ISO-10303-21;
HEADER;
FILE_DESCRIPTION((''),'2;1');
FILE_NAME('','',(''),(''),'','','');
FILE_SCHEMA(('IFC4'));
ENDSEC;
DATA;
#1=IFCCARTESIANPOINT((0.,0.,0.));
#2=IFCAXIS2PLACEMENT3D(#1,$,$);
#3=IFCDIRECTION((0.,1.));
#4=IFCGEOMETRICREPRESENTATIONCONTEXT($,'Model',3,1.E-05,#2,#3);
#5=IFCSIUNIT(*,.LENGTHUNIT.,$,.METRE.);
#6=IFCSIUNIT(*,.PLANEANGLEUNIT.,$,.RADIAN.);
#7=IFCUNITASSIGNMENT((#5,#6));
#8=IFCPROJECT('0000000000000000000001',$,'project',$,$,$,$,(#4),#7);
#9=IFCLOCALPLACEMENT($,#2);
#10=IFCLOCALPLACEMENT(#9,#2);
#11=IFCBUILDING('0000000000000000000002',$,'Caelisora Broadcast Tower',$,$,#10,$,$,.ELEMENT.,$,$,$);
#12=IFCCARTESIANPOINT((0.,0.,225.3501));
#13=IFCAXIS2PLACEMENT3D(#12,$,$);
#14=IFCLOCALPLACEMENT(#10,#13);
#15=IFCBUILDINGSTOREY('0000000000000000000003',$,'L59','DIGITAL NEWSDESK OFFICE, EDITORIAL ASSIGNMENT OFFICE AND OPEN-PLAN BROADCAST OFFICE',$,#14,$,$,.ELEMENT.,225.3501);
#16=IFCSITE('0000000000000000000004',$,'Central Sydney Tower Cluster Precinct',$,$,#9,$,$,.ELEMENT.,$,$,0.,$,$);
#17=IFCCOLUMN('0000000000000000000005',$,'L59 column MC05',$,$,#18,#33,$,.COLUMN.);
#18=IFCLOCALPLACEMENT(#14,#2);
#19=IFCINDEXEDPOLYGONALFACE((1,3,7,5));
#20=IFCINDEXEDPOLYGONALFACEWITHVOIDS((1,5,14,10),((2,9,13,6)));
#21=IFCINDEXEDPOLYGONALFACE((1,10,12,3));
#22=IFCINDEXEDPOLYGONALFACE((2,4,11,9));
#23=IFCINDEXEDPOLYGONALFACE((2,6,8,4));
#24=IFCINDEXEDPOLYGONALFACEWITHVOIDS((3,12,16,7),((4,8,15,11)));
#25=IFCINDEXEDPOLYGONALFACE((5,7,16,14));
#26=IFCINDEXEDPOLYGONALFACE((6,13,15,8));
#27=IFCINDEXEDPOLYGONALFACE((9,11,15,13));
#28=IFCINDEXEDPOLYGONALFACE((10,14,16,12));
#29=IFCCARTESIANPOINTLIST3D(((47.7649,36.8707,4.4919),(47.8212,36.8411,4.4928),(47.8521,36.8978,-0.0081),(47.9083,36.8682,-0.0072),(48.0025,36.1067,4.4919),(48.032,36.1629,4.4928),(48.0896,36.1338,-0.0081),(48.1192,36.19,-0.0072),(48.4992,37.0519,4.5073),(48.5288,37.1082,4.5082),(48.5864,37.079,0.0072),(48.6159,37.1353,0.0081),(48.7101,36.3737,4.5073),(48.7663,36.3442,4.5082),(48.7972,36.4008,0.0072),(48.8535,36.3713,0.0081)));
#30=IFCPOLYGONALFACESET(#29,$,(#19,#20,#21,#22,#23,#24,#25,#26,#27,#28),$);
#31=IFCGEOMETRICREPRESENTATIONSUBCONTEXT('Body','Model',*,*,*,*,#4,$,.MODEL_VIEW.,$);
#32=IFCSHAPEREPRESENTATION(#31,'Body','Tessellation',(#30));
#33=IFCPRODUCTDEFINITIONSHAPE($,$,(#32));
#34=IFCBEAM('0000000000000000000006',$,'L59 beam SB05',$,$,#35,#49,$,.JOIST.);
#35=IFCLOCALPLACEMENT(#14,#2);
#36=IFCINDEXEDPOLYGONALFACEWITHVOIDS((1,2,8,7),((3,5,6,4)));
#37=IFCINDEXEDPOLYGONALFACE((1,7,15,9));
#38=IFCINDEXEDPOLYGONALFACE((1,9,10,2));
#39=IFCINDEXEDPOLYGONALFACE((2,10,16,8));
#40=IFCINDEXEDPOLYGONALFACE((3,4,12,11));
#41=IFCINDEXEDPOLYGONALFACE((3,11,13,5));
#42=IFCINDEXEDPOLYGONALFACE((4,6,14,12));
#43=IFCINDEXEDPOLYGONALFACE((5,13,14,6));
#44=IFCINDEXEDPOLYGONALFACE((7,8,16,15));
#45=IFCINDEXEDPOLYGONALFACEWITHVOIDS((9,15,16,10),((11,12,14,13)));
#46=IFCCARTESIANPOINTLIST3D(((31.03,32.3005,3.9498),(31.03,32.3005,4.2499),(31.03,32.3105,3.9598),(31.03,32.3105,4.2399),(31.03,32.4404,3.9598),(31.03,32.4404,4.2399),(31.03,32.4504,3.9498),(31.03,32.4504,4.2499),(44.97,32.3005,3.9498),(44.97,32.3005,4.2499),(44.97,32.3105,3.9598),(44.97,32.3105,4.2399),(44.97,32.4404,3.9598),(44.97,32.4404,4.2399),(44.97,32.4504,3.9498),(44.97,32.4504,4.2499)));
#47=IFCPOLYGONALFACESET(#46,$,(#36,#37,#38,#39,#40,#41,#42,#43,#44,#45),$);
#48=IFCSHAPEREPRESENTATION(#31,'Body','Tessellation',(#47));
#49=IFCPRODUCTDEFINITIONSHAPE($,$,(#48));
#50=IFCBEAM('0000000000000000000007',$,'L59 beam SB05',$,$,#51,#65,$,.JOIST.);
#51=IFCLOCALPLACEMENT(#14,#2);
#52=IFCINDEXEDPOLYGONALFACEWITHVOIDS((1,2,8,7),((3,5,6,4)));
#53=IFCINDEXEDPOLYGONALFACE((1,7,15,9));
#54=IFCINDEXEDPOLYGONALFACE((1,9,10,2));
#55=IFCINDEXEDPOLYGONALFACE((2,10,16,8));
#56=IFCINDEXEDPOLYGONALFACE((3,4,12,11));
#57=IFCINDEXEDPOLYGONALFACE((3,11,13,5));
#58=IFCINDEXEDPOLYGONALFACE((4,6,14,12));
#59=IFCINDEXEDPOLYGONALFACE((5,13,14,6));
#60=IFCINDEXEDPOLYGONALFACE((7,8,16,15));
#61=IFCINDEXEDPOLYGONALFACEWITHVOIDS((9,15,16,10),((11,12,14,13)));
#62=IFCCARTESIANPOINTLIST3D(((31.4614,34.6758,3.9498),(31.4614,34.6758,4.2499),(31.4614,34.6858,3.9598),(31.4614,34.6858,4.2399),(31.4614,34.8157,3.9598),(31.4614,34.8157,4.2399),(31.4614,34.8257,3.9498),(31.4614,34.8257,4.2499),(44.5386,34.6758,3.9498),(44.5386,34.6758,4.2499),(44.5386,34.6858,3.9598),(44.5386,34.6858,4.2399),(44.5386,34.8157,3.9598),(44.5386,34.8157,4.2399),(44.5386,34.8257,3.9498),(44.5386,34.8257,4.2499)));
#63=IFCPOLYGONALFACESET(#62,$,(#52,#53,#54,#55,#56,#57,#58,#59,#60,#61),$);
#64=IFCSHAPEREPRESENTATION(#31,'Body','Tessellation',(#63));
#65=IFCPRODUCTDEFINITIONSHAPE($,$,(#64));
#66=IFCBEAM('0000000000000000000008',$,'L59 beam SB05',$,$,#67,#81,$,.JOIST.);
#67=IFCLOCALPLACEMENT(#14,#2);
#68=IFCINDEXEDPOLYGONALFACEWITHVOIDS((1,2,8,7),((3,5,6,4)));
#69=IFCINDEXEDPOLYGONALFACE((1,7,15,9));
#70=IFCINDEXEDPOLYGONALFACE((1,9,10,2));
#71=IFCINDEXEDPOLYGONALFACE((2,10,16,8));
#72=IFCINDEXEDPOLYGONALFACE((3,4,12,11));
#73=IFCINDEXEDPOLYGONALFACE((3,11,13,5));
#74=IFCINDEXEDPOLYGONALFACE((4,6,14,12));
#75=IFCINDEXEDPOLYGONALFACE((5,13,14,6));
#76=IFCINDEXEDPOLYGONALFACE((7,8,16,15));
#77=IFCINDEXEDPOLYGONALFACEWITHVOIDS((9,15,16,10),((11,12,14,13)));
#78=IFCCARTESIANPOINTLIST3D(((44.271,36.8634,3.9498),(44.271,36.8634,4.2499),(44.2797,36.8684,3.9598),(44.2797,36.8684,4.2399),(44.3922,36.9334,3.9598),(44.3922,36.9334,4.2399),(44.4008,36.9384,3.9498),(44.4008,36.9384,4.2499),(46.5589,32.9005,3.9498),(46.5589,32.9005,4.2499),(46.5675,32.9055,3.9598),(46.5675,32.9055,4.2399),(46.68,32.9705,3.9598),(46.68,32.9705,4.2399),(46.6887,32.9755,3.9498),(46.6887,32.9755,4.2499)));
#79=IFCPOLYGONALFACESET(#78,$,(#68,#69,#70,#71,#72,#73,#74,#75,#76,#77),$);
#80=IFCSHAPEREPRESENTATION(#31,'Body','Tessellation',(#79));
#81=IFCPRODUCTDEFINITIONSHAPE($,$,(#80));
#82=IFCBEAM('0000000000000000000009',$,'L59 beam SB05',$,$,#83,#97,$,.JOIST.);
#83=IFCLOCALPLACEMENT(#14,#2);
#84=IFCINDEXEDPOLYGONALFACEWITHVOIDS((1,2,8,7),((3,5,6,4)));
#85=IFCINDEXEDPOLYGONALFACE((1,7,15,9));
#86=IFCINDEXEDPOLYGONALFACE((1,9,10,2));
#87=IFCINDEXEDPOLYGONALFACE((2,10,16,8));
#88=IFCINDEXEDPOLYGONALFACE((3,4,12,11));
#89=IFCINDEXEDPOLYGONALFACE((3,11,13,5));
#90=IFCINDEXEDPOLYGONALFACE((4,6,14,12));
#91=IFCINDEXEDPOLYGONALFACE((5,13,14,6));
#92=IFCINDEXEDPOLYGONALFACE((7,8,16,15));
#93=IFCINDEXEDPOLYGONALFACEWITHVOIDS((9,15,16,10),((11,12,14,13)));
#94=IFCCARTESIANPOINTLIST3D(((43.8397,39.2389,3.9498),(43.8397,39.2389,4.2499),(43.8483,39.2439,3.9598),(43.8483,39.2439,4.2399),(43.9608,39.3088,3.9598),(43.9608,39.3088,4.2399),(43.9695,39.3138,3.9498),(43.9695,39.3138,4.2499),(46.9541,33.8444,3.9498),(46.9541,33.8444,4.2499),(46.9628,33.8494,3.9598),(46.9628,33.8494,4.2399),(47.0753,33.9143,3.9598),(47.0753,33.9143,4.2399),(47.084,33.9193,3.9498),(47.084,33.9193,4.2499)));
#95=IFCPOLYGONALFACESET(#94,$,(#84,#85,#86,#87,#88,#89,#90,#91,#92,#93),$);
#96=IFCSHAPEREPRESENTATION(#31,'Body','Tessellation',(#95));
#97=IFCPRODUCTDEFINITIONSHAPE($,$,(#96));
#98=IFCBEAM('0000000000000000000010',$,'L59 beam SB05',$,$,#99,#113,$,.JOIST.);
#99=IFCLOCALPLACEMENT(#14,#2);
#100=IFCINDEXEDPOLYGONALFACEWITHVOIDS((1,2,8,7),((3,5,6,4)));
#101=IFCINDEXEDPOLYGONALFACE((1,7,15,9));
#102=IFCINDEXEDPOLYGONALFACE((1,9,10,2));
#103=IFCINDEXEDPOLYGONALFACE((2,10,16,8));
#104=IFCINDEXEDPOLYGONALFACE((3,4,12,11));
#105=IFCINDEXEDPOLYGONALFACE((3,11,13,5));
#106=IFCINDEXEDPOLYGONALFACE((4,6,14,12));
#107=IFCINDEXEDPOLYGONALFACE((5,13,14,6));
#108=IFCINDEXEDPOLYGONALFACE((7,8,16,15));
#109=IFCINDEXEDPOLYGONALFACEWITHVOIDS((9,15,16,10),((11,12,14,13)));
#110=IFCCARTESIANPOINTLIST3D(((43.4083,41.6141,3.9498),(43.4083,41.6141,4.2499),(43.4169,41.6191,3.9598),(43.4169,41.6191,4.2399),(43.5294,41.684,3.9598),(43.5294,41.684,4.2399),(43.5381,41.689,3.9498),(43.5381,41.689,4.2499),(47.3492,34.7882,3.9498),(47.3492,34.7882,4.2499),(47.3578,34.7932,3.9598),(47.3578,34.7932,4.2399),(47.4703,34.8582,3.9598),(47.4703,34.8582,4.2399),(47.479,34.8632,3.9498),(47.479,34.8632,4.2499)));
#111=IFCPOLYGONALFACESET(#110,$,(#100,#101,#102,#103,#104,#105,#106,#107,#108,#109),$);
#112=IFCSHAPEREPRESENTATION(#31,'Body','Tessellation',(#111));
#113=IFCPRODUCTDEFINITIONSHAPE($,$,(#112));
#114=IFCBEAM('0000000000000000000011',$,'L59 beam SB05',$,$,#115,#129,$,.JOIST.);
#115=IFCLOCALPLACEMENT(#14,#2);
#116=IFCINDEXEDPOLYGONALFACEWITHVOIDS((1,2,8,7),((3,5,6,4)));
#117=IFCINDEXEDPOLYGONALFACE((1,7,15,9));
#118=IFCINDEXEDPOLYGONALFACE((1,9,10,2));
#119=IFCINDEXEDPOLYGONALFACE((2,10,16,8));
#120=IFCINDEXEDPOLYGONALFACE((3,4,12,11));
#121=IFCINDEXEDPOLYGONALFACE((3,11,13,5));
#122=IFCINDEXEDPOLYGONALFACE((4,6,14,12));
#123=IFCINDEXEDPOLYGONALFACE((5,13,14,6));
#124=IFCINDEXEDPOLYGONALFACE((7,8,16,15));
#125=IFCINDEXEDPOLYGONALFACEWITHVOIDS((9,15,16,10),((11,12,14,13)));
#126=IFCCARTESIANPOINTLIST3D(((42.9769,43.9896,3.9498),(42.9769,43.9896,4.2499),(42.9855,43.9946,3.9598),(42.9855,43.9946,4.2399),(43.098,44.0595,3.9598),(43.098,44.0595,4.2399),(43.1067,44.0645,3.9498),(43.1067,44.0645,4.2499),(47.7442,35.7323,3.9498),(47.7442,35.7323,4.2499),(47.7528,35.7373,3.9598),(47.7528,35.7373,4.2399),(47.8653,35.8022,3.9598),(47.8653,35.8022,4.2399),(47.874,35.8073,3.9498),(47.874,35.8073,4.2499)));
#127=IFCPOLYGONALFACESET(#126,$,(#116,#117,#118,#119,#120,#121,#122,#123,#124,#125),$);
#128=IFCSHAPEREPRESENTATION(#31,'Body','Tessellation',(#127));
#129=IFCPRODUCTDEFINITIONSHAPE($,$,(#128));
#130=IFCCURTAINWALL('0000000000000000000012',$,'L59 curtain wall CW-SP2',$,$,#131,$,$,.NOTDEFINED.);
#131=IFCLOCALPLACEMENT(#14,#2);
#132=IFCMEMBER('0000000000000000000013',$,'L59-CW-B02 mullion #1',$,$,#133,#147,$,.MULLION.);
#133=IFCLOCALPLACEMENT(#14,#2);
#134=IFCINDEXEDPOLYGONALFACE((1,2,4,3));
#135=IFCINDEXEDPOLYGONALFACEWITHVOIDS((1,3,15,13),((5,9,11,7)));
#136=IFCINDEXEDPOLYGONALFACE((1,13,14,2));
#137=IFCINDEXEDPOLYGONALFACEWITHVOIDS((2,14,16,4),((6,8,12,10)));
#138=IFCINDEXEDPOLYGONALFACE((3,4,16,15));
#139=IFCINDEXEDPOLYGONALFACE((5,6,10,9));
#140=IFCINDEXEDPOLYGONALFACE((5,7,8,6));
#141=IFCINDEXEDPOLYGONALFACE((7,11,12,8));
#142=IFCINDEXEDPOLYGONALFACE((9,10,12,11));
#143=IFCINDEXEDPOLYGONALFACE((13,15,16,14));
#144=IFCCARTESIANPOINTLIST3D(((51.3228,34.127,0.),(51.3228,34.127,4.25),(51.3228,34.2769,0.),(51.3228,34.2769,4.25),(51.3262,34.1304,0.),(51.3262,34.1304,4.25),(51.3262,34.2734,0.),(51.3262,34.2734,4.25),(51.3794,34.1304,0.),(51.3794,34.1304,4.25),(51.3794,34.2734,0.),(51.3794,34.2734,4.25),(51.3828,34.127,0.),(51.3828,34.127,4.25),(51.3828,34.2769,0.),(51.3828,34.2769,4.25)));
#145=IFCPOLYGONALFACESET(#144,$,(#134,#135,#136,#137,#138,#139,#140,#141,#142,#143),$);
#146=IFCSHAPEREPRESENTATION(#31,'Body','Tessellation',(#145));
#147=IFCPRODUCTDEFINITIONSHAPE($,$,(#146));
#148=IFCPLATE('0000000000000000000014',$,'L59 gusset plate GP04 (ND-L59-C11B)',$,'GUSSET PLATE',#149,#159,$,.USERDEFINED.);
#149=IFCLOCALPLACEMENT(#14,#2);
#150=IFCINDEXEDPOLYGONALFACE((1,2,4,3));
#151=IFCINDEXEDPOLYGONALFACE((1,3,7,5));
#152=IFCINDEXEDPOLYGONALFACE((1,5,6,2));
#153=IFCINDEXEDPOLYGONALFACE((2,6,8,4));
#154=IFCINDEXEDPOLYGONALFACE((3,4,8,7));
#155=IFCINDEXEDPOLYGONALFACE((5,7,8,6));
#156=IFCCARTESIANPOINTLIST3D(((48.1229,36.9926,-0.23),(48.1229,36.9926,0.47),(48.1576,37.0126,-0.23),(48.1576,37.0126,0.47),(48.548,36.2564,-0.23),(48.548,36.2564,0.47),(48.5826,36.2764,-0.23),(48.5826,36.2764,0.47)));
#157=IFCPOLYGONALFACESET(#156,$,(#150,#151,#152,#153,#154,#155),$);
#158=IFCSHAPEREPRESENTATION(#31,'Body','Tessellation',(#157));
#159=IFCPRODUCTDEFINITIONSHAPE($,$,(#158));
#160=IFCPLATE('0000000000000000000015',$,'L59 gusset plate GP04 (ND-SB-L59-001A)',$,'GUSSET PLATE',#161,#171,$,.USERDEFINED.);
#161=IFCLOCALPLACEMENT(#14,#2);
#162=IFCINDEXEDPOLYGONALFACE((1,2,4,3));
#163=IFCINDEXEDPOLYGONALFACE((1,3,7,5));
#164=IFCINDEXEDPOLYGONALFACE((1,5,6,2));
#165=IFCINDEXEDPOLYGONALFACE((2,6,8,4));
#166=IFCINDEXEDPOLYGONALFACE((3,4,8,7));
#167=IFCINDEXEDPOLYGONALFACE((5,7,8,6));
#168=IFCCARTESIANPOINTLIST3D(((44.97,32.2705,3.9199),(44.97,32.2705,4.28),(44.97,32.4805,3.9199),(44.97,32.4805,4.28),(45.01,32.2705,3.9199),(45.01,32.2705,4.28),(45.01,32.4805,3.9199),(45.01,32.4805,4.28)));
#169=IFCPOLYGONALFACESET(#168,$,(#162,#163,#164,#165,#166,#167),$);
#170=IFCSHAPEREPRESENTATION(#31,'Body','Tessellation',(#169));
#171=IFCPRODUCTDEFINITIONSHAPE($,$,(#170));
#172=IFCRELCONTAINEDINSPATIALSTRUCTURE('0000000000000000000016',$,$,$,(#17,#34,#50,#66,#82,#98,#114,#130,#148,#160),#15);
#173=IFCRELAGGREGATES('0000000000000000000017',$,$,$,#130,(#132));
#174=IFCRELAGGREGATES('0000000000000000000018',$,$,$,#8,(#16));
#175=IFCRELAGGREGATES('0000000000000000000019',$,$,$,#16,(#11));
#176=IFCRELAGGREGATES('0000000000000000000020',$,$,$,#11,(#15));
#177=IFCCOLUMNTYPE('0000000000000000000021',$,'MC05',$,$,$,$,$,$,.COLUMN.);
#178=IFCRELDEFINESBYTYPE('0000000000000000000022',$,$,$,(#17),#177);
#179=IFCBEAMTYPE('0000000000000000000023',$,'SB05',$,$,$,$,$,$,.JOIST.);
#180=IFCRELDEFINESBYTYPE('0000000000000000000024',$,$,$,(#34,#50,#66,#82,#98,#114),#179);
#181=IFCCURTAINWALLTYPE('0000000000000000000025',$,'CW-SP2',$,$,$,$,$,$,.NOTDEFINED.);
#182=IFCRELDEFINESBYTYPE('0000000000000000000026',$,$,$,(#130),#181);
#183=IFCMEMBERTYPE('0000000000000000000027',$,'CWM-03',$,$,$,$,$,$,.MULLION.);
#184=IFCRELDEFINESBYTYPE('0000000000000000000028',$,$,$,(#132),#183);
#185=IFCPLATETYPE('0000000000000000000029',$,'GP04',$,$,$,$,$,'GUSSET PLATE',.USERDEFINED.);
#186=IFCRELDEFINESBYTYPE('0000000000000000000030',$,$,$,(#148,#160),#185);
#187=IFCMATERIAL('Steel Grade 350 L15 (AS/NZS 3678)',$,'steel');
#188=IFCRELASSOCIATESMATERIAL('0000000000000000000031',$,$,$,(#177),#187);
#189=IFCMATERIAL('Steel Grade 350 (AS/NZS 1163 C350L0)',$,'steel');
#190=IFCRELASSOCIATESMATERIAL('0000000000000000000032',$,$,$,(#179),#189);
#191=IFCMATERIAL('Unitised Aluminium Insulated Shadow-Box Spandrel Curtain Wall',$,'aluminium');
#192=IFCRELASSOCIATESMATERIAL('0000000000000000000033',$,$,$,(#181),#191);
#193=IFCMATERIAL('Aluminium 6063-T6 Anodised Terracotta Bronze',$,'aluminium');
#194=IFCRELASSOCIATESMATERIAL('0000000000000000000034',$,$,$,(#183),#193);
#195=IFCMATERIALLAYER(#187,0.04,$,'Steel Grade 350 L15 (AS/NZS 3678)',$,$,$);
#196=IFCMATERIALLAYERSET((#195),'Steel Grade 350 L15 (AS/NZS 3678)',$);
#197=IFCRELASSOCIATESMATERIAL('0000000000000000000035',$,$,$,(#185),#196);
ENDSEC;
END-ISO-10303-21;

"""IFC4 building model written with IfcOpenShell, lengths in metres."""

from ifc_helpers import new_model, si_unit, direction, frame, origin, origin_2d, place, context, subcontext, project, spatial, rectangle, hollow_rectangle, extrude, source, transform, mapped, material, layer, layer_set, material_profile, profile_set, type_object, type_shapes, element, aggregate, save


model = new_model("IFC4")

# Units and contexts
model_context = context("Model", 3, precision=1e-05, world=origin(), true_north=direction((0.0, 1.0)))
body_context = subcontext(model_context, "Body", "Model", "MODEL_VIEW")
ifc_project = project(units=[si_unit("LENGTHUNIT", "METRE"), si_unit("PLANEANGLEUNIT", "RADIAN")], contexts=[model_context])

# Site, building, storey
site_placement = place(None, origin())
site = spatial("IfcSite", under=ifc_project, at=site_placement, Name="Central Sydney Tower Cluster Precinct", CompositionType="ELEMENT", RefElevation=0.0)
building_placement = place(site_placement, origin())
building = spatial("IfcBuilding", under=site, at=building_placement, Name="Caelisora Broadcast Tower", CompositionType="ELEMENT")
storey_placement = place(building_placement, frame((0.0, 0.0, 225.3501)))
storey = spatial("IfcBuildingStorey", under=building, at=storey_placement, Name="L59", Description="DIGITAL NEWSDESK OFFICE, EDITORIAL ASSIGNMENT OFFICE AND OPEN-PLAN BROADCAST OFFICE", CompositionType="ELEMENT", Elevation=225.3501)

# Column
ifc_material_1 = material(Name="Steel Grade 350 L15 (AS/NZS 3678)", Category="steel")
ifc_material_profile_1 = material_profile(ifc_material_1, hollow_rectangle(XDim=0.8, YDim=0.8, WallThickness=0.0449, at=origin_2d()), Name="Steel Grade 350 L15 (AS/NZS 3678)")
ifc_profile_set_1 = profile_set([ifc_material_profile_1], Name="Steel Grade 350 L15 (AS/NZS 3678)")
column_type = type_object("IfcColumnType", Name="MC05", PredefinedType="COLUMN", material=ifc_profile_set_1)
shared_shape_1 = source(origin(), body_context, "Body", "SweptSolid", [
    extrude(hollow_rectangle(XDim=0.8, YDim=0.8, WallThickness=0.0449, at=origin_2d()), origin(), (0.0, 0.0, 1.0), 4.501),
])
type_shapes(column_type, [shared_shape_1])
column_placement = place(storey_placement, frame((48.3528, 36.6345, 0.0), z_axis=(-0.019365, -0.006021, 0.999794), x_axis=(0.296904, -0.954907, 0.0)))
element("IfcColumn", 1, at=column_placement, inside=storey, type_object=column_type, Name="L59 column MC05", PredefinedType="COLUMN", context=body_context, shape_type="MappedRepresentation", body=[
    mapped(shared_shape_1, transform((0.0, 0.0, 0.0), scale=1.0)),
])

# Beams
ifc_material_2 = material(Name="Steel Grade 350 (AS/NZS 1163 C350L0)", Category="steel")
ifc_material_profile_2 = material_profile(ifc_material_2, hollow_rectangle(XDim=0.1499, YDim=0.3, WallThickness=0.01, at=origin_2d()), Name="Steel Grade 350 (AS/NZS 1163 C350L0)")
ifc_profile_set_2 = profile_set([ifc_material_profile_2], Name="Steel Grade 350 (AS/NZS 1163 C350L0)")
beam_type = type_object("IfcBeamType", Name="SB05", PredefinedType="JOIST", material=ifc_profile_set_2)
shared_shape_2 = source(origin(), body_context, "Body", "SweptSolid", [
    extrude(hollow_rectangle(XDim=0.1499, YDim=0.3, WallThickness=0.01, at=origin_2d()), origin(), (0.0, 0.0, 1.0), 13.9399),
])
beam_1_placement = place(storey_placement, frame((44.97, 32.3755, 4.0999), z_axis=(-1.0, 0.0, 0.0), x_axis=(0.0, -1.0, 0.0)))
element("IfcBeam", 2, at=beam_1_placement, inside=storey, type_object=beam_type, Name="L59 beam SB05", PredefinedType="JOIST", context=body_context, shape_type="MappedRepresentation", body=[
    mapped(shared_shape_2, transform((0.0, 0.0, 0.0), scale=1.0)),
])
shared_shape_3 = source(origin(), body_context, "Body", "SweptSolid", [
    extrude(hollow_rectangle(XDim=0.1499, YDim=0.3, WallThickness=0.01, at=origin_2d()), origin(), (0.0, 0.0, 1.0), 13.0771),
])
beam_2_placement = place(storey_placement, frame((44.5386, 34.7507, 4.0999), z_axis=(-1.0, 0.0, 0.0), x_axis=(0.0, -1.0, 0.0)))
element("IfcBeam", 3, at=beam_2_placement, inside=storey, type_object=beam_type, Name="L59 beam SB05", PredefinedType="JOIST", context=body_context, shape_type="MappedRepresentation", body=[
    mapped(shared_shape_3, transform((0.0, 0.0, 0.0), scale=1.0)),
])
shared_shape_4 = source(origin(), body_context, "Body", "SweptSolid", [
    extrude(hollow_rectangle(XDim=0.1499, YDim=0.3, WallThickness=0.01, at=origin_2d()), origin(), (0.0, 0.0, 1.0), 4.5759),
])
beam_3_placement = place(storey_placement, frame((46.6238, 32.938, 4.0999), z_axis=(-0.499978, 0.866038, 0.0), x_axis=(-0.866038, -0.499978, 0.0)))
element("IfcBeam", 4, at=beam_3_placement, inside=storey, type_object=beam_type, Name="L59 beam SB05", PredefinedType="JOIST", context=body_context, shape_type="MappedRepresentation", body=[
    mapped(shared_shape_4, transform((0.0, 0.0, 0.0), scale=1.0)),
])
shared_shape_5 = source(origin(), body_context, "Body", "SweptSolid", [
    extrude(hollow_rectangle(XDim=0.1499, YDim=0.3, WallThickness=0.01, at=origin_2d()), origin(), (0.0, 0.0, 1.0), 6.229),
])
beam_4_placement = place(storey_placement, frame((47.019, 33.8818, 4.0999), z_axis=(-0.499996, 0.866028, 0.0), x_axis=(-0.866028, -0.499996, 0.0)))
element("IfcBeam", 5, at=beam_4_placement, inside=storey, type_object=beam_type, Name="L59 beam SB05", PredefinedType="JOIST", context=body_context, shape_type="MappedRepresentation", body=[
    mapped(shared_shape_5, transform((0.0, 0.0, 0.0), scale=1.0)),
])
shared_shape_6 = source(origin(), body_context, "Body", "SweptSolid", [
    extrude(hollow_rectangle(XDim=0.1499, YDim=0.3, WallThickness=0.01, at=origin_2d()), origin(), (0.0, 0.0, 1.0), 7.8818),
])
beam_5_placement = place(storey_placement, frame((47.4141, 34.8257, 4.0999), z_axis=(-0.499997, 0.866027, 0.0), x_axis=(-0.866027, -0.499997, 0.0)))
element("IfcBeam", 6, at=beam_5_placement, inside=storey, type_object=beam_type, Name="L59 beam SB05", PredefinedType="JOIST", context=body_context, shape_type="MappedRepresentation", body=[
    mapped(shared_shape_6, transform((0.0, 0.0, 0.0), scale=1.0)),
])
shared_shape_7 = source(origin(), body_context, "Body", "SweptSolid", [
    extrude(hollow_rectangle(XDim=0.1499, YDim=0.3, WallThickness=0.01, at=origin_2d()), origin(), (0.0, 0.0, 1.0), 9.5347),
])
type_shapes(beam_type, [shared_shape_2, shared_shape_3, shared_shape_4, shared_shape_5, shared_shape_6, shared_shape_7])
beam_6_placement = place(storey_placement, frame((47.8091, 35.7698, 4.0999), z_axis=(-0.499997, 0.866027, 0.0), x_axis=(-0.866027, -0.499997, 0.0)))
element("IfcBeam", 7, at=beam_6_placement, inside=storey, type_object=beam_type, Name="L59 beam SB05", PredefinedType="JOIST", context=body_context, shape_type="MappedRepresentation", body=[
    mapped(shared_shape_7, transform((0.0, 0.0, 0.0), scale=1.0)),
])

# Curtain wall, member
ifc_material_3 = material(Name="Unitised Aluminium Insulated Shadow-Box Spandrel Curtain Wall", Category="aluminium")
curtain_wall_type = type_object("IfcCurtainWallType", Name="CW-SP2", PredefinedType="NOTDEFINED", material=ifc_material_3)
curtain_wall_placement = place(storey_placement, origin())
curtain_wall = element("IfcCurtainWall", 8, at=curtain_wall_placement, inside=storey, type_object=curtain_wall_type, Name="L59 curtain wall CW-SP2", PredefinedType="NOTDEFINED")
ifc_material_4 = material(Name="Aluminium 6063-T6 Anodised Terracotta Bronze", Category="aluminium")
ifc_material_profile_3 = material_profile(ifc_material_4, hollow_rectangle(XDim=0.0601, YDim=0.1499, WallThickness=0.0034, at=origin_2d()), Name="Aluminium 6063-T6 Anodised Terracotta Bronze")
ifc_profile_set_3 = profile_set([ifc_material_profile_3], Name="Aluminium 6063-T6 Anodised Terracotta Bronze")
member_type = type_object("IfcMemberType", Name="CWM-03", PredefinedType="MULLION", material=ifc_profile_set_3)
shared_shape_8 = source(origin(), body_context, "Body", "SweptSolid", [
    extrude(hollow_rectangle(XDim=0.0601, YDim=0.1499, WallThickness=0.0034, at=origin_2d()), origin(), (0.0, 0.0, 1.0), 4.25),
])
type_shapes(member_type, [shared_shape_8])
member_placement = place(storey_placement, frame((51.3528, 34.2019, 0.0), z_axis=(0.0, 0.0, 1.0), x_axis=(1.0, 0.0, 0.0)))
member = element("IfcMember", 9, at=member_placement, type_object=member_type, Name="L59-CW-B02 mullion #1", PredefinedType="MULLION", context=body_context, shape_type="MappedRepresentation", body=[
    mapped(shared_shape_8, transform((0.0, 0.0, 0.0), scale=1.0)),
])

# Plates
ifc_layer_1 = layer(ifc_material_1, 0.04, Name="Steel Grade 350 L15 (AS/NZS 3678)")
ifc_layer_set_1 = layer_set([ifc_layer_1], Name="Steel Grade 350 L15 (AS/NZS 3678)")
plate_type_1 = type_object("IfcPlateType", Name="GP04", ElementType="GUSSET PLATE", PredefinedType="USERDEFINED", material=ifc_layer_set_1)
shared_shape_9 = source(origin(), body_context, "Body", "SweptSolid", [
    extrude(rectangle(XDim=0.8501, YDim=0.04, at=origin_2d()), origin(), (0.0, 0.0, 1.0), 0.7),
])
plate_1_placement = place(storey_placement, frame((48.3528, 36.6345, -0.23), z_axis=(0.0, 0.0, 1.0), x_axis=(-0.5, 0.866025, 0.0)))
element("IfcPlate", 10, at=plate_1_placement, inside=storey, type_object=plate_type_1, Name="L59 gusset plate GP04 (ND-L59-C11B)", ObjectType="GUSSET PLATE", PredefinedType="USERDEFINED", context=body_context, shape_type="MappedRepresentation", body=[
    mapped(shared_shape_9, transform((0.0, 0.0, 0.0), scale=1.0)),
])
shared_shape_10 = source(origin(), body_context, "Body", "SweptSolid", [
    extrude(rectangle(XDim=0.21, YDim=0.04, at=origin_2d()), origin(), (0.0, 0.0, 1.0), 0.3601),
])
type_shapes(plate_type_1, [shared_shape_9, shared_shape_10])
for number, where, z_axis, x_axis, name in (
    (11, (44.99, 32.3755, 3.9199), (0.0, 0.0, 1.0), (0.0, -1.0, 0.0), "L59 gusset plate GP04 (ND-SB-L59-001A)"),
):
    element("IfcPlate", number, at=place(storey_placement, frame(where, z_axis=z_axis, x_axis=x_axis)), inside=storey, type_object=plate_type_1, Name=name, ObjectType="GUSSET PLATE", PredefinedType="USERDEFINED", context=body_context, shape_type="MappedRepresentation", body=[
        mapped(shared_shape_10, transform((0.0, 0.0, 0.0), scale=1.0)),
    ])

aggregate(curtain_wall, [member])

save(model, "model.ifc")
